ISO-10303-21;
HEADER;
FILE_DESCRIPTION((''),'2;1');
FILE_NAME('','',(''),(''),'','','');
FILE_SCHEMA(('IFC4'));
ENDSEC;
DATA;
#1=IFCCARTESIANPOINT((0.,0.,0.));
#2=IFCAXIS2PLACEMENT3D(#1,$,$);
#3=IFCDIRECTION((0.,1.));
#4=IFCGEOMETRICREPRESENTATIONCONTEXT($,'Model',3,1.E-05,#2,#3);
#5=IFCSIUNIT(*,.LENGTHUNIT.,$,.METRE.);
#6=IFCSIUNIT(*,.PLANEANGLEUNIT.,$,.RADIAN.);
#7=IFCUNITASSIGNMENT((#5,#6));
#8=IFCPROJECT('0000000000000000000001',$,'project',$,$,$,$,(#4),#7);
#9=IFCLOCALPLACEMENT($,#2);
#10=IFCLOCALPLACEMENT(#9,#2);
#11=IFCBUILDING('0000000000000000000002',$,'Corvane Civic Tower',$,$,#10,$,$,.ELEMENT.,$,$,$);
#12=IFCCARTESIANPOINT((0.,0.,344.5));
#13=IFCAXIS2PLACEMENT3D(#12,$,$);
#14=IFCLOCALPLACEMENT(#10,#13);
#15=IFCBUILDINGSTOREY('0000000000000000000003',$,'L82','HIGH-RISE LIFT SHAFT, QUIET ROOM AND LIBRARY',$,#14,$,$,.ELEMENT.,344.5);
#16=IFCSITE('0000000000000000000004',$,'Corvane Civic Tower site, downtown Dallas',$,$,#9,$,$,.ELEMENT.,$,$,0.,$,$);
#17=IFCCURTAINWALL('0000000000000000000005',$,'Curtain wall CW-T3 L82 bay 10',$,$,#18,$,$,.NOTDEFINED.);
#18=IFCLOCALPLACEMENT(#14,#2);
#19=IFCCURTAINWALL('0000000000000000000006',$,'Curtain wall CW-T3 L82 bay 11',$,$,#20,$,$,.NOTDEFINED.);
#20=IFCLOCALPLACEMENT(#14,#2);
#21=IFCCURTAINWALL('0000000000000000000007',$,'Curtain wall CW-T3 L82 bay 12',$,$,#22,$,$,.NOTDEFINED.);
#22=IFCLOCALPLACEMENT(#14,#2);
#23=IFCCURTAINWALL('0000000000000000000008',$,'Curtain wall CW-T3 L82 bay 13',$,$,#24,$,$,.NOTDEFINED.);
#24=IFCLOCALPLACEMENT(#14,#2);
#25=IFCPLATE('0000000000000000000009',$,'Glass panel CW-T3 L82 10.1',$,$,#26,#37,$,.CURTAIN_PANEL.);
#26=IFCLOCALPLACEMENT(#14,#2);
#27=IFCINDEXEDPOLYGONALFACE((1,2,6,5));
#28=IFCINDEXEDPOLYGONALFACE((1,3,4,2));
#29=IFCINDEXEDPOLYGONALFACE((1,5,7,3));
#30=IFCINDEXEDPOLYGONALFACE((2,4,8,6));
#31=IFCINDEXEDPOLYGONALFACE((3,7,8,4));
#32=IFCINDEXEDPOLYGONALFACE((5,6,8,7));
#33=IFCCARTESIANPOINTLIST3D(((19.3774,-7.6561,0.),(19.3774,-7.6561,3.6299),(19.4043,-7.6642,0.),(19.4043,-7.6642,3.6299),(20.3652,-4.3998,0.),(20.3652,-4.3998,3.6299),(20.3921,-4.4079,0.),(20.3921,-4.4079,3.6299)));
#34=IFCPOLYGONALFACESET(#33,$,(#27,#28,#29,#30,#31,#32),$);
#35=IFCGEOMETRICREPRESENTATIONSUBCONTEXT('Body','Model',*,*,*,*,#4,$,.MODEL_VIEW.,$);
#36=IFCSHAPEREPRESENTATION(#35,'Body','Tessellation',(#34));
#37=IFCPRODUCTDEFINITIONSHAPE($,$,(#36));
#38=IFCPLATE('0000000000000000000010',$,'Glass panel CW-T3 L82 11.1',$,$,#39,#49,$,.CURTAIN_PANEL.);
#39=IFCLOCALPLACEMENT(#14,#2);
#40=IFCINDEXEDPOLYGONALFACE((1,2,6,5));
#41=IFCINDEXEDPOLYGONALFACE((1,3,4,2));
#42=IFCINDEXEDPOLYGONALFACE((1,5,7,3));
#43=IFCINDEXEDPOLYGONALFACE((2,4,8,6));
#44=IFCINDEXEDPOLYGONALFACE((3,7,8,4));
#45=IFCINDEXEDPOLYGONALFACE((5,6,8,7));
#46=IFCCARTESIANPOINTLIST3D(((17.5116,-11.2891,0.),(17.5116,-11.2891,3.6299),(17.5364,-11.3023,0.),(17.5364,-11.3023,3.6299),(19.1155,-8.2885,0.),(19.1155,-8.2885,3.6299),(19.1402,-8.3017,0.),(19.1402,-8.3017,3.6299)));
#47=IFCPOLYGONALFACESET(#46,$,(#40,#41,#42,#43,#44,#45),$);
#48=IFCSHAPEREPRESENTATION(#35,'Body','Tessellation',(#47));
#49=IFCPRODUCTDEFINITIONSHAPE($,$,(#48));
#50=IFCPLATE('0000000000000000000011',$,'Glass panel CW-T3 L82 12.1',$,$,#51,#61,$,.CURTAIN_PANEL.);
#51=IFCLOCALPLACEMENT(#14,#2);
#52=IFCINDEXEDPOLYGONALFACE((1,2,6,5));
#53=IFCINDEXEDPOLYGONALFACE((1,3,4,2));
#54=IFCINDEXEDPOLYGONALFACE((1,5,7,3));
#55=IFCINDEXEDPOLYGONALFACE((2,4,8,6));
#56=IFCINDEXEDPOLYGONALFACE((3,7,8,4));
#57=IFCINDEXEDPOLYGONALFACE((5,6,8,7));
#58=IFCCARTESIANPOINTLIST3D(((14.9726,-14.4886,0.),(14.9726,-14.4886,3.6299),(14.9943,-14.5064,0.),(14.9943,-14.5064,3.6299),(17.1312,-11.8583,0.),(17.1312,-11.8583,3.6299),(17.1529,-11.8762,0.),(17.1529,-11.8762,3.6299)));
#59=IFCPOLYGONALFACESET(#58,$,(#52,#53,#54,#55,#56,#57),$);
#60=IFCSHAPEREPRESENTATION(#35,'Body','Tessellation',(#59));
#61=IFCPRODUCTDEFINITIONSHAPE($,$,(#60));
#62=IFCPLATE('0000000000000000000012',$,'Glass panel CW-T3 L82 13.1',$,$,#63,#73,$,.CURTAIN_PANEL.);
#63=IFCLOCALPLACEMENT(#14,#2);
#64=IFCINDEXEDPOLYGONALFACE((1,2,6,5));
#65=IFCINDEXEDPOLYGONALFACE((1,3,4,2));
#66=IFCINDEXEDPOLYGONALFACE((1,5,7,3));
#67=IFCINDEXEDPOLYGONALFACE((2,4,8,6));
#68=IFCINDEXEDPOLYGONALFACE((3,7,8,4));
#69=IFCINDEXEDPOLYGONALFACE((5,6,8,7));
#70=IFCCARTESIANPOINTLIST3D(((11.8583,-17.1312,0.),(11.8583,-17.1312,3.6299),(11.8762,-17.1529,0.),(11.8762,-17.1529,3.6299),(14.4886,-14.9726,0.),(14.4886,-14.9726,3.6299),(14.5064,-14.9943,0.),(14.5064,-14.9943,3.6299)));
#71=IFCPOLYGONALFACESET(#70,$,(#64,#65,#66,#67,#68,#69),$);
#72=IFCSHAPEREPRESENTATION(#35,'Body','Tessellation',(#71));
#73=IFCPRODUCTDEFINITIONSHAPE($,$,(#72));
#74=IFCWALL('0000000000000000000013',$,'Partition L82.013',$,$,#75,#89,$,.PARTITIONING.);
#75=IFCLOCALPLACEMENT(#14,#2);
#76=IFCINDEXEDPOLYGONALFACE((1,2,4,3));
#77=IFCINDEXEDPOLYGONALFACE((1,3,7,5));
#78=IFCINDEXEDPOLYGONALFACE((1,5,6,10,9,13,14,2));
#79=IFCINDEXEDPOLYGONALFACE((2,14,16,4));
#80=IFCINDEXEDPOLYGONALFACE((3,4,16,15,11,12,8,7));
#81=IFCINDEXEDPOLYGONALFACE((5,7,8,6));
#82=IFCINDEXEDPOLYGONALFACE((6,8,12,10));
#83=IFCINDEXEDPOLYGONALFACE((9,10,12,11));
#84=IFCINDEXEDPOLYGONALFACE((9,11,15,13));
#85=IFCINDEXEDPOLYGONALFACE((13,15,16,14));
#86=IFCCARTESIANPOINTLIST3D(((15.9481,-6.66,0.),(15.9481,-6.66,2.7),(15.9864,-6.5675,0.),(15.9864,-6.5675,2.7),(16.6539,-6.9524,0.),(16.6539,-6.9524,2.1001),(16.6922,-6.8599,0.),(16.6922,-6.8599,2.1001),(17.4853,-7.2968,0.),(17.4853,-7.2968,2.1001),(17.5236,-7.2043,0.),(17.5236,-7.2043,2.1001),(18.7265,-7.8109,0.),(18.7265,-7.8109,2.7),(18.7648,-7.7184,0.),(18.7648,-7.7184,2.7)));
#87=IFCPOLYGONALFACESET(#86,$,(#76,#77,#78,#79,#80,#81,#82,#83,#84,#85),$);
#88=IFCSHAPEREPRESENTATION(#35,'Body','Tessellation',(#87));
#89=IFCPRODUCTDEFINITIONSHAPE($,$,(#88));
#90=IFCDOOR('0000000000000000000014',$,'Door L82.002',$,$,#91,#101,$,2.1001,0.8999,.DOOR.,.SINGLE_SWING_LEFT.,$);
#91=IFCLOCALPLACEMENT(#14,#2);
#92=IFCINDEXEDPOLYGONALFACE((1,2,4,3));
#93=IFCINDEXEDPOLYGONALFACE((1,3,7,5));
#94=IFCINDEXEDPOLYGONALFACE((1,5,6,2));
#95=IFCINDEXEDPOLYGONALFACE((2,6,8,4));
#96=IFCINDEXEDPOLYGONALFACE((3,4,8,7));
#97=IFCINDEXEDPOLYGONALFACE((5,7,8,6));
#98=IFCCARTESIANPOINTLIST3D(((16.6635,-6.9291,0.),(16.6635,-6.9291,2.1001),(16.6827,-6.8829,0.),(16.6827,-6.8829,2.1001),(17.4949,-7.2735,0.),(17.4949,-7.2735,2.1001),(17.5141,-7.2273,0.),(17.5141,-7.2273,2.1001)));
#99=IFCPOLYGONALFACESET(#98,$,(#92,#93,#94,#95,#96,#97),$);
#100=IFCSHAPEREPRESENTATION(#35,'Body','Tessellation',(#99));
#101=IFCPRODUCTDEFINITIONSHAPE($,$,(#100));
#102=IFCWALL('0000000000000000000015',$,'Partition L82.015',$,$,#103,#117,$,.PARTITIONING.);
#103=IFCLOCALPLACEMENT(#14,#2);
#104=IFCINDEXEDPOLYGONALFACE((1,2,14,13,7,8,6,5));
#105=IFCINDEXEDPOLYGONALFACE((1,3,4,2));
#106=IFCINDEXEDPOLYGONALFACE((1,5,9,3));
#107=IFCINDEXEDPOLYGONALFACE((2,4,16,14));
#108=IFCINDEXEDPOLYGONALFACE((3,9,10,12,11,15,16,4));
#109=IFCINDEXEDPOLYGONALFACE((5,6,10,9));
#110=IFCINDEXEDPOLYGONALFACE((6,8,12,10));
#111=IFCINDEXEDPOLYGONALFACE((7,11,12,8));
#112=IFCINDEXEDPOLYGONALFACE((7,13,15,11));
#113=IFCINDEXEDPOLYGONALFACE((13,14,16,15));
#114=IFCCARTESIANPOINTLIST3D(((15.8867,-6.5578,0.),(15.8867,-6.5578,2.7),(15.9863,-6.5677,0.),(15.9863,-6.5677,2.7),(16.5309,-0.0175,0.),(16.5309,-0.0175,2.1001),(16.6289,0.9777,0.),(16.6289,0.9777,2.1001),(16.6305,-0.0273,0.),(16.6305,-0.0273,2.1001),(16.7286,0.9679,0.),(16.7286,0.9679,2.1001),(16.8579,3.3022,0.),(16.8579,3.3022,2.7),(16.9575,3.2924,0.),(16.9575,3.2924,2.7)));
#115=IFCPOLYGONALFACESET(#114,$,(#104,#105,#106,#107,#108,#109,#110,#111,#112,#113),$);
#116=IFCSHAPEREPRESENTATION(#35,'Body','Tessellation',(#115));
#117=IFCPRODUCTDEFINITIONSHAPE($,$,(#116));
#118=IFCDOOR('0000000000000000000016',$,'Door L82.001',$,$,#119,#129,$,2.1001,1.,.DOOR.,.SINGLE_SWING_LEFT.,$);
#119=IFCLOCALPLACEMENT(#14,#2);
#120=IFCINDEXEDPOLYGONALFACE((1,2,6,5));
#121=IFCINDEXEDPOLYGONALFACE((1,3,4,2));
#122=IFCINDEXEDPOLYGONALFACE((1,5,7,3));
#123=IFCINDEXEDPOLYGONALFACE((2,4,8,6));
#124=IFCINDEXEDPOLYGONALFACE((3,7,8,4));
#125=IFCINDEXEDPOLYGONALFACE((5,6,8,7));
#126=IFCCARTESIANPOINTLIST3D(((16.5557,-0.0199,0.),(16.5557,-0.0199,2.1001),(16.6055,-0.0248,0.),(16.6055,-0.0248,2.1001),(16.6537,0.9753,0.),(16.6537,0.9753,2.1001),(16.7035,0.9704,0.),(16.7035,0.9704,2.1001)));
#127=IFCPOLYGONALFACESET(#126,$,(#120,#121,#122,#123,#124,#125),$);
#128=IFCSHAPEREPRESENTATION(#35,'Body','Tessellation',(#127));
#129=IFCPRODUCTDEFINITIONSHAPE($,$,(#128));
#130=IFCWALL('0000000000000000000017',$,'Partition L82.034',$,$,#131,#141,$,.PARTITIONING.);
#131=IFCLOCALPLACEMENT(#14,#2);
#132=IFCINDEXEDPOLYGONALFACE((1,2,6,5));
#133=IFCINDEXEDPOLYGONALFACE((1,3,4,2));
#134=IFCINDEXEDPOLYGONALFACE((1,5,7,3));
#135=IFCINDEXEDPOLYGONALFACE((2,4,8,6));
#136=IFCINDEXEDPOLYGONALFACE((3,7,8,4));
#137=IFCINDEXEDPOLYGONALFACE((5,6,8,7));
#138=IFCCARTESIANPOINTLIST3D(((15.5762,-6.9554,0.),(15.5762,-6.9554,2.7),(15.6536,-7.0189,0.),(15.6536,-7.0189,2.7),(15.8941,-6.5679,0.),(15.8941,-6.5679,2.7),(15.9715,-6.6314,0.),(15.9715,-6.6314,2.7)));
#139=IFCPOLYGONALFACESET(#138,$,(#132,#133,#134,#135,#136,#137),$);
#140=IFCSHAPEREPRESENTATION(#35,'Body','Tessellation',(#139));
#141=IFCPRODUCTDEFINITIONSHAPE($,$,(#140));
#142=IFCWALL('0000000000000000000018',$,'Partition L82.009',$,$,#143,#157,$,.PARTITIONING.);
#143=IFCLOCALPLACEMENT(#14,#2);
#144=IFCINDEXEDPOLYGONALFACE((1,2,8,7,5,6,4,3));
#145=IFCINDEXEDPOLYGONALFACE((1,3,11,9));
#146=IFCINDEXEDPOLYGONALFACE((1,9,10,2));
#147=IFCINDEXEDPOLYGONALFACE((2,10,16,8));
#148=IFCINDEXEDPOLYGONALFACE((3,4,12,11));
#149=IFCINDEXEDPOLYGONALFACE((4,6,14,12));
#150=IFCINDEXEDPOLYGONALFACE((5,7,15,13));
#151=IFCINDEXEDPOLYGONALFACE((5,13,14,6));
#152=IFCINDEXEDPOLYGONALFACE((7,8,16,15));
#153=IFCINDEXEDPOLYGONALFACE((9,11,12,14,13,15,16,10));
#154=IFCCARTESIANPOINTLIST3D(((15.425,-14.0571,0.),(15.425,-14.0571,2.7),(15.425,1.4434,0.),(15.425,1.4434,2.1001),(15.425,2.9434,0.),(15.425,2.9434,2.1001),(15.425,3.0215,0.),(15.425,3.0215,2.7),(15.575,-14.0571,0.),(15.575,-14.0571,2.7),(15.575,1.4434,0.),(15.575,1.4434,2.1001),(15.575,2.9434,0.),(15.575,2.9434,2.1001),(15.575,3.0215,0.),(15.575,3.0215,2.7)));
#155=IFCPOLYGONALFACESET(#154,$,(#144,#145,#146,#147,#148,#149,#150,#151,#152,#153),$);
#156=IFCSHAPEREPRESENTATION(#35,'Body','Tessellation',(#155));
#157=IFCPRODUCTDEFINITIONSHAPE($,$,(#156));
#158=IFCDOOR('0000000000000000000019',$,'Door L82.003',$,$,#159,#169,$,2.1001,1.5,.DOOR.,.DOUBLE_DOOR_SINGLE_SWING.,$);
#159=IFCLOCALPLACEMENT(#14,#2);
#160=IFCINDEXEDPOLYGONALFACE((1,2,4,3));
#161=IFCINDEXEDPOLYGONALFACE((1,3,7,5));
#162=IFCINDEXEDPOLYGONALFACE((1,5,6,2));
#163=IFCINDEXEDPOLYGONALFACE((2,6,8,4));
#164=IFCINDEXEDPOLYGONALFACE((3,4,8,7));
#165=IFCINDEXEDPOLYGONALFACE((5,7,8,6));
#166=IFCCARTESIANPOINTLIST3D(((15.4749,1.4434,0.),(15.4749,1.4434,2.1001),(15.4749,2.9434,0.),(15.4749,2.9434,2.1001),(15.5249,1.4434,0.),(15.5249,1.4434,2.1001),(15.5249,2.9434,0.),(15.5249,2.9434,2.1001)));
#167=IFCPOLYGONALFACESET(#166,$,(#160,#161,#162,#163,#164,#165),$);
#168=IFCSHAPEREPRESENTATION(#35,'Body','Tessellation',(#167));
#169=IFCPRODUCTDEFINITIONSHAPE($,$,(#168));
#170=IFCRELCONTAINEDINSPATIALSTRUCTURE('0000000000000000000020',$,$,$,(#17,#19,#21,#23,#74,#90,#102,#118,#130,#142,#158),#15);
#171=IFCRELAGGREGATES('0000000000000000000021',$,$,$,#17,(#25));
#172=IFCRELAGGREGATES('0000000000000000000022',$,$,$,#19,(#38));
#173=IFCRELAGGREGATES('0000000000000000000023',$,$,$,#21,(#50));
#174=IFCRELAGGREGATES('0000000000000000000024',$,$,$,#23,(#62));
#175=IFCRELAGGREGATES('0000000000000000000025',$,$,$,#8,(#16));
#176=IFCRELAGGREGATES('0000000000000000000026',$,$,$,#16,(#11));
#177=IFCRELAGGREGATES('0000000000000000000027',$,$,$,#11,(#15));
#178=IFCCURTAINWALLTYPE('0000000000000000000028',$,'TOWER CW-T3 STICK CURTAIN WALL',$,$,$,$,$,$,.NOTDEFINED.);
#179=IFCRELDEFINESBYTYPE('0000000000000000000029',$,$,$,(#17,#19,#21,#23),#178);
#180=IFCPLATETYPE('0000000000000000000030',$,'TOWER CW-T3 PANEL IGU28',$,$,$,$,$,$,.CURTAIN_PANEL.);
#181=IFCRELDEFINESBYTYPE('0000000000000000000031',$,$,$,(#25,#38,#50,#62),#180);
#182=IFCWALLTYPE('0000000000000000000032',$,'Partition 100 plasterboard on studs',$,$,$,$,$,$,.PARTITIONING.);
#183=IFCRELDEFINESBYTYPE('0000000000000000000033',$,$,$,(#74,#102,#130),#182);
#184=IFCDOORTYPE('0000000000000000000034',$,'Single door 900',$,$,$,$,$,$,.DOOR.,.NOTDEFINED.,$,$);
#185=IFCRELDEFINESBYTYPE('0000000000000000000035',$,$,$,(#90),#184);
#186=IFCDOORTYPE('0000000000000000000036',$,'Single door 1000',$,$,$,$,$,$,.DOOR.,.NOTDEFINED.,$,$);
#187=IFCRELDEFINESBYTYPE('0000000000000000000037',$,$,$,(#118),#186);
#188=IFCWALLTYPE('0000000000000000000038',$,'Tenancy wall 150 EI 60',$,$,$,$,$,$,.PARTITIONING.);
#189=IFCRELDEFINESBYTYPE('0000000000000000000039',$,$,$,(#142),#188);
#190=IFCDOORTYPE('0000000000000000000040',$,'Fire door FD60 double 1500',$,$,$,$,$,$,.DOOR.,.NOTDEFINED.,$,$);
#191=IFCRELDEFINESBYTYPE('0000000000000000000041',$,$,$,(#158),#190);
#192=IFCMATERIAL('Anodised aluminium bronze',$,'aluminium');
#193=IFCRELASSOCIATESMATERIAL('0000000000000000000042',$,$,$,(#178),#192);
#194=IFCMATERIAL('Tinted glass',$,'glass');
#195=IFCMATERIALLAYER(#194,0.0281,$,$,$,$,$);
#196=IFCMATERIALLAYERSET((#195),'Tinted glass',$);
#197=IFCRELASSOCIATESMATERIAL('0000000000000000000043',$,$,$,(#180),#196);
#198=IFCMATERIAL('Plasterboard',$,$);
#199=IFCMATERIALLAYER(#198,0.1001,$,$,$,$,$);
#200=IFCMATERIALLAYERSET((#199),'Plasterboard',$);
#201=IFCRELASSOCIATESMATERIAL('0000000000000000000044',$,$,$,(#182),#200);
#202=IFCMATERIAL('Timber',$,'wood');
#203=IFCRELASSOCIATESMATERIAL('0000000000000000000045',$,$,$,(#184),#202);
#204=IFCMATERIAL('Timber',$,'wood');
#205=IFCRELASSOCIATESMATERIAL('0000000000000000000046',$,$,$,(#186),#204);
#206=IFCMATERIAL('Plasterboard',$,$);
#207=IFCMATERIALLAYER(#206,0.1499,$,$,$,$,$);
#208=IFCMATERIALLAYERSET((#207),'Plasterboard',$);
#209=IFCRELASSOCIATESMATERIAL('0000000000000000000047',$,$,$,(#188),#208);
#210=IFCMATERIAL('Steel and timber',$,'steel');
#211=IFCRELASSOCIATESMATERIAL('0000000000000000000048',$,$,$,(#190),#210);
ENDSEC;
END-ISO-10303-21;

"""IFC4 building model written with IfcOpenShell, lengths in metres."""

from ifc_helpers import new_model, si_unit, direction, frame, frame_2d, origin, origin_2d, place, context, subcontext, project, spatial, rectangle, extrude, material, layer, layer_set, type_object, element, fill, aggregate, save


model = new_model("IFC4")

# Units and contexts
model_context = context("Model", 3, precision=1e-05, world=origin(), true_north=direction((0.0, 1.0)))
body_context = subcontext(model_context, "Body", "Model", "MODEL_VIEW")
ifc_project = project(units=[si_unit("LENGTHUNIT", "METRE"), si_unit("PLANEANGLEUNIT", "RADIAN")], contexts=[model_context])

# Site, building, storey
site_placement = place(None, origin())
site = spatial("IfcSite", under=ifc_project, at=site_placement, Name="Corvane Civic Tower site, downtown Dallas", CompositionType="ELEMENT", RefElevation=0.0)
building_placement = place(site_placement, origin())
building = spatial("IfcBuilding", under=site, at=building_placement, Name="Corvane Civic Tower", CompositionType="ELEMENT")
storey_placement = place(building_placement, frame((0.0, 0.0, 344.5)))
storey = spatial("IfcBuildingStorey", under=building, at=storey_placement, Name="L82", Description="HIGH-RISE LIFT SHAFT, QUIET ROOM AND LIBRARY", CompositionType="ELEMENT", Elevation=344.5)

# Curtain walls
ifc_material_1 = material(Name="Anodised aluminium bronze", Category="aluminium")
curtain_wall_type = type_object("IfcCurtainWallType", Name="TOWER CW-T3 STICK CURTAIN WALL", PredefinedType="NOTDEFINED", material=ifc_material_1)
curtain_wall_1_placement = place(storey_placement, origin())
curtain_wall_1 = element("IfcCurtainWall", 1, at=curtain_wall_1_placement, inside=storey, type_object=curtain_wall_type, Name="Curtain wall CW-T3 L82 bay 10", PredefinedType="NOTDEFINED")
curtain_wall_2_placement = place(storey_placement, origin())
curtain_wall_2 = element("IfcCurtainWall", 2, at=curtain_wall_2_placement, inside=storey, type_object=curtain_wall_type, Name="Curtain wall CW-T3 L82 bay 11", PredefinedType="NOTDEFINED")
curtain_wall_3_placement = place(storey_placement, origin())
curtain_wall_3 = element("IfcCurtainWall", 3, at=curtain_wall_3_placement, inside=storey, type_object=curtain_wall_type, Name="Curtain wall CW-T3 L82 bay 12", PredefinedType="NOTDEFINED")
curtain_wall_4_placement = place(storey_placement, origin())
curtain_wall_4 = element("IfcCurtainWall", 4, at=curtain_wall_4_placement, inside=storey, type_object=curtain_wall_type, Name="Curtain wall CW-T3 L82 bay 13", PredefinedType="NOTDEFINED")

# Plates
ifc_material_2 = material(Name="Tinted glass", Category="glass")
ifc_layer_1 = layer(ifc_material_2, 0.0281)
ifc_layer_set_1 = layer_set([ifc_layer_1], Name="Tinted glass")
plate_type = type_object("IfcPlateType", Name="TOWER CW-T3 PANEL IGU28", PredefinedType="CURTAIN_PANEL", material=ifc_layer_set_1)
plate_1_placement = place(storey_placement, frame((19.8848, -6.032, 0.0), z_axis=(0.0, 0.0, 1.0), x_axis=(-0.29029, -0.956939, 0.0)))
plate_1 = element("IfcPlate", 5, at=plate_1_placement, type_object=plate_type, Name="Glass panel CW-T3 L82 10.1", PredefinedType="CURTAIN_PANEL", context=body_context, shape_type="SweptSolid", body=[
    extrude(rectangle(XDim=3.4028, YDim=0.0281, at=origin_2d()), origin(), (0.0, 0.0, 1.0), 3.6299),
])
aggregate(curtain_wall_1, [plate_1])
plate_2_placement = place(storey_placement, frame((18.3259, -9.7954, 0.0), z_axis=(0.0, 0.0, 1.0), x_axis=(-0.471384, -0.881928, 0.0)))
plate_2 = element("IfcPlate", 6, at=plate_2_placement, type_object=plate_type, Name="Glass panel CW-T3 L82 11.1", PredefinedType="CURTAIN_PANEL", context=body_context, shape_type="SweptSolid", body=[
    extrude(rectangle(XDim=3.4023, YDim=0.0281, at=origin_2d()), origin(), (0.0, 0.0, 1.0), 3.6299),
])
aggregate(curtain_wall_2, [plate_2])
plate_3_placement = place(storey_placement, frame((16.0627, -13.1824, 0.0), z_axis=(0.0, 0.0, 1.0), x_axis=(-0.634393, -0.77301, 0.0)))
plate_3 = element("IfcPlate", 7, at=plate_3_placement, type_object=plate_type, Name="Glass panel CW-T3 L82 12.1", PredefinedType="CURTAIN_PANEL", context=body_context, shape_type="SweptSolid", body=[
    extrude(rectangle(XDim=3.4026, YDim=0.0281, at=origin_2d()), origin(), (0.0, 0.0, 1.0), 3.6299),
])
aggregate(curtain_wall_3, [plate_3])
plate_4_placement = place(storey_placement, frame((13.1824, -16.0627, 0.0), z_axis=(0.0, 0.0, 1.0), x_axis=(-0.77301, -0.634393, 0.0)))
plate_4 = element("IfcPlate", 8, at=plate_4_placement, type_object=plate_type, Name="Glass panel CW-T3 L82 13.1", PredefinedType="CURTAIN_PANEL", context=body_context, shape_type="SweptSolid", body=[
    extrude(rectangle(XDim=3.4026, YDim=0.0281, at=origin_2d()), origin(), (0.0, 0.0, 1.0), 3.6299),
])
aggregate(curtain_wall_4, [plate_4])

# Walls, openings, doors
ifc_material_3 = material(Name="Plasterboard")
ifc_layer_2 = layer(ifc_material_3, 0.1001)
ifc_layer_set_2 = layer_set([ifc_layer_2], Name="Plasterboard")
wall_type_1 = type_object("IfcWallType", Name="Partition 100 plasterboard on studs", PredefinedType="PARTITIONING", material=ifc_layer_set_2)
wall_1_placement = place(storey_placement, frame((15.9673, -6.6138, 0.0), z_axis=(0.0, 0.0, 1.0), x_axis=(0.923872, -0.382701, 0.0)))
wall_1 = element("IfcWall", 9, at=wall_1_placement, inside=storey, type_object=wall_type_1, Name="Partition L82.013", PredefinedType="PARTITIONING", context=body_context, shape_type="SweptSolid", body=[
    extrude(rectangle(XDim=3.0073, YDim=0.1001, at=frame_2d((1.5037, 0.0))), origin(), (0.0, 0.0, 1.0), 2.7),
])
opening_1_placement = place(wall_1_placement, frame((0.7639, 0.0, 0.0)))
opening_1 = element("IfcOpeningElement", 10, at=opening_1_placement, cuts=wall_1, PredefinedType="OPENING", context=body_context, shape_type="SweptSolid", body=[
    extrude(rectangle(XDim=0.8999, YDim=2.1001, at=frame_2d((0.45, 1.05))), frame((0.0, 0.0601, 0.0), z_axis=(0.0, -1.0, 0.0), x_axis=(1.0, 0.0, 0.0)), (0.0, 0.0, 1.0), 0.1201),
])
ifc_material_4 = material(Name="Timber", Category="wood")
door_type_1 = type_object("IfcDoorType", Name="Single door 900", OperationType="NOTDEFINED", PredefinedType="DOOR", material=ifc_material_4)
door_1_placement = place(opening_1_placement, frame((0.8999, 0.0, 0.0), z_axis=(0.0, 0.0, 1.0), x_axis=(-1.0, 0.0, 0.0)))
door_1 = element("IfcDoor", 11, at=door_1_placement, inside=storey, type_object=door_type_1, Name="Door L82.002", OperationType="SINGLE_SWING_LEFT", OverallHeight=2.1001, OverallWidth=0.8999, PredefinedType="DOOR", context=body_context, shape_type="SweptSolid", body=[
    extrude(rectangle(XDim=0.8999, YDim=2.1001, at=frame_2d((0.45, 1.05))), frame((0.0, 0.0249, 0.0), z_axis=(0.0, -1.0, 0.0), x_axis=(1.0, 0.0, 0.0)), (0.0, 0.0, 1.0), 0.05),
])
fill(opening_1, door_1)
wall_2_placement = place(storey_placement, frame((15.9365, -6.5627, 0.0), z_axis=(0.0, 0.0, 1.0), x_axis=(0.098023, 0.995184, 0.0)))
wall_2 = element("IfcWall", 12, at=wall_2_placement, inside=storey, type_object=wall_type_1, Name="Partition L82.015", PredefinedType="PARTITIONING", context=body_context, shape_type="SweptSolid", body=[
    extrude(rectangle(XDim=9.9077, YDim=0.1001, at=frame_2d((4.9539, 0.0))), origin(), (0.0, 0.0, 1.0), 2.7),
])
opening_2_placement = place(wall_2_placement, frame((6.572, 0.0, 0.0)))
opening_2 = element("IfcOpeningElement", 13, at=opening_2_placement, cuts=wall_2, PredefinedType="OPENING", context=body_context, shape_type="SweptSolid", body=[
    extrude(rectangle(XDim=1.0, YDim=2.1001, at=frame_2d((0.5, 1.05))), frame((0.0, 0.0601, 0.0), z_axis=(0.0, -1.0, 0.0), x_axis=(1.0, 0.0, 0.0)), (0.0, 0.0, 1.0), 0.1201),
])
ifc_material_5 = material(Name="Timber", Category="wood")
door_type_2 = type_object("IfcDoorType", Name="Single door 1000", OperationType="NOTDEFINED", PredefinedType="DOOR", material=ifc_material_5)
door_2_placement = place(opening_2_placement, frame((1.0, 0.0, 0.0), z_axis=(0.0, 0.0, 1.0), x_axis=(-1.0, 0.0, 0.0)))
door_2 = element("IfcDoor", 14, at=door_2_placement, inside=storey, type_object=door_type_2, Name="Door L82.001", OperationType="SINGLE_SWING_LEFT", OverallHeight=2.1001, OverallWidth=1.0, PredefinedType="DOOR", context=body_context, shape_type="SweptSolid", body=[
    extrude(rectangle(XDim=1.0, YDim=2.1001, at=frame_2d((0.5, 1.05))), frame((0.0, 0.0249, 0.0), z_axis=(0.0, -1.0, 0.0), x_axis=(1.0, 0.0, 0.0)), (0.0, 0.0, 1.0), 0.05),
])
fill(opening_2, door_2)

# Wall
wall_3_placement = place(storey_placement, frame((15.615, -6.9871, 0.0), z_axis=(0.0, 0.0, 1.0), x_axis=(0.634272, 0.77311, 0.0)))
element("IfcWall", 15, at=wall_3_placement, inside=storey, type_object=wall_type_1, Name="Partition L82.034", PredefinedType="PARTITIONING", context=body_context, shape_type="SweptSolid", body=[
    extrude(rectangle(XDim=0.5012, YDim=0.1001, at=frame_2d((0.2505, 0.0))), origin(), (0.0, 0.0, 1.0), 2.7),
])

# Wall, opening, door
ifc_material_6 = material(Name="Plasterboard")
ifc_layer_3 = layer(ifc_material_6, 0.1499)
ifc_layer_set_3 = layer_set([ifc_layer_3], Name="Plasterboard")
wall_type_2 = type_object("IfcWallType", Name="Tenancy wall 150 EI 60", PredefinedType="PARTITIONING", material=ifc_layer_set_3)
wall_4_placement = place(storey_placement, frame((15.5, -14.0571, 0.0), z_axis=(0.0, 0.0, 1.0), x_axis=(0.0, 1.0, 0.0)))
wall_4 = element("IfcWall", 16, at=wall_4_placement, inside=storey, type_object=wall_type_2, Name="Partition L82.009", PredefinedType="PARTITIONING", context=body_context, shape_type="SweptSolid", body=[
    extrude(rectangle(XDim=17.0786, YDim=0.1499, at=frame_2d((8.5393, 0.0))), origin(), (0.0, 0.0, 1.0), 2.7),
])
opening_3_placement = place(wall_4_placement, frame((15.5005, 0.0, 0.0)))
opening_3 = element("IfcOpeningElement", 17, at=opening_3_placement, cuts=wall_4, PredefinedType="OPENING", context=body_context, shape_type="SweptSolid", body=[
    extrude(rectangle(XDim=1.5, YDim=2.1001, at=frame_2d((0.75, 1.05))), frame((0.0, 0.085, 0.0), z_axis=(0.0, -1.0, 0.0), x_axis=(1.0, 0.0, 0.0)), (0.0, 0.0, 1.0), 0.1699),
])
ifc_material_7 = material(Name="Steel and timber", Category="steel")
door_type_3 = type_object("IfcDoorType", Name="Fire door FD60 double 1500", OperationType="NOTDEFINED", PredefinedType="DOOR", material=ifc_material_7)
door_3_placement = place(opening_3_placement, frame((1.5, 0.0, 0.0), z_axis=(0.0, 0.0, 1.0), x_axis=(-1.0, 0.0, 0.0)))
door_3 = element("IfcDoor", 18, at=door_3_placement, inside=storey, type_object=door_type_3, Name="Door L82.003", OperationType="DOUBLE_DOOR_SINGLE_SWING", OverallHeight=2.1001, OverallWidth=1.5, PredefinedType="DOOR", context=body_context, shape_type="SweptSolid", body=[
    extrude(rectangle(XDim=1.5, YDim=2.1001, at=frame_2d((0.75, 1.05))), frame((0.0, 0.0249, 0.0), z_axis=(0.0, -1.0, 0.0), x_axis=(1.0, 0.0, 0.0)), (0.0, 0.0, 1.0), 0.05),
])
fill(opening_3, door_3)

save(model, "model.ifc")
